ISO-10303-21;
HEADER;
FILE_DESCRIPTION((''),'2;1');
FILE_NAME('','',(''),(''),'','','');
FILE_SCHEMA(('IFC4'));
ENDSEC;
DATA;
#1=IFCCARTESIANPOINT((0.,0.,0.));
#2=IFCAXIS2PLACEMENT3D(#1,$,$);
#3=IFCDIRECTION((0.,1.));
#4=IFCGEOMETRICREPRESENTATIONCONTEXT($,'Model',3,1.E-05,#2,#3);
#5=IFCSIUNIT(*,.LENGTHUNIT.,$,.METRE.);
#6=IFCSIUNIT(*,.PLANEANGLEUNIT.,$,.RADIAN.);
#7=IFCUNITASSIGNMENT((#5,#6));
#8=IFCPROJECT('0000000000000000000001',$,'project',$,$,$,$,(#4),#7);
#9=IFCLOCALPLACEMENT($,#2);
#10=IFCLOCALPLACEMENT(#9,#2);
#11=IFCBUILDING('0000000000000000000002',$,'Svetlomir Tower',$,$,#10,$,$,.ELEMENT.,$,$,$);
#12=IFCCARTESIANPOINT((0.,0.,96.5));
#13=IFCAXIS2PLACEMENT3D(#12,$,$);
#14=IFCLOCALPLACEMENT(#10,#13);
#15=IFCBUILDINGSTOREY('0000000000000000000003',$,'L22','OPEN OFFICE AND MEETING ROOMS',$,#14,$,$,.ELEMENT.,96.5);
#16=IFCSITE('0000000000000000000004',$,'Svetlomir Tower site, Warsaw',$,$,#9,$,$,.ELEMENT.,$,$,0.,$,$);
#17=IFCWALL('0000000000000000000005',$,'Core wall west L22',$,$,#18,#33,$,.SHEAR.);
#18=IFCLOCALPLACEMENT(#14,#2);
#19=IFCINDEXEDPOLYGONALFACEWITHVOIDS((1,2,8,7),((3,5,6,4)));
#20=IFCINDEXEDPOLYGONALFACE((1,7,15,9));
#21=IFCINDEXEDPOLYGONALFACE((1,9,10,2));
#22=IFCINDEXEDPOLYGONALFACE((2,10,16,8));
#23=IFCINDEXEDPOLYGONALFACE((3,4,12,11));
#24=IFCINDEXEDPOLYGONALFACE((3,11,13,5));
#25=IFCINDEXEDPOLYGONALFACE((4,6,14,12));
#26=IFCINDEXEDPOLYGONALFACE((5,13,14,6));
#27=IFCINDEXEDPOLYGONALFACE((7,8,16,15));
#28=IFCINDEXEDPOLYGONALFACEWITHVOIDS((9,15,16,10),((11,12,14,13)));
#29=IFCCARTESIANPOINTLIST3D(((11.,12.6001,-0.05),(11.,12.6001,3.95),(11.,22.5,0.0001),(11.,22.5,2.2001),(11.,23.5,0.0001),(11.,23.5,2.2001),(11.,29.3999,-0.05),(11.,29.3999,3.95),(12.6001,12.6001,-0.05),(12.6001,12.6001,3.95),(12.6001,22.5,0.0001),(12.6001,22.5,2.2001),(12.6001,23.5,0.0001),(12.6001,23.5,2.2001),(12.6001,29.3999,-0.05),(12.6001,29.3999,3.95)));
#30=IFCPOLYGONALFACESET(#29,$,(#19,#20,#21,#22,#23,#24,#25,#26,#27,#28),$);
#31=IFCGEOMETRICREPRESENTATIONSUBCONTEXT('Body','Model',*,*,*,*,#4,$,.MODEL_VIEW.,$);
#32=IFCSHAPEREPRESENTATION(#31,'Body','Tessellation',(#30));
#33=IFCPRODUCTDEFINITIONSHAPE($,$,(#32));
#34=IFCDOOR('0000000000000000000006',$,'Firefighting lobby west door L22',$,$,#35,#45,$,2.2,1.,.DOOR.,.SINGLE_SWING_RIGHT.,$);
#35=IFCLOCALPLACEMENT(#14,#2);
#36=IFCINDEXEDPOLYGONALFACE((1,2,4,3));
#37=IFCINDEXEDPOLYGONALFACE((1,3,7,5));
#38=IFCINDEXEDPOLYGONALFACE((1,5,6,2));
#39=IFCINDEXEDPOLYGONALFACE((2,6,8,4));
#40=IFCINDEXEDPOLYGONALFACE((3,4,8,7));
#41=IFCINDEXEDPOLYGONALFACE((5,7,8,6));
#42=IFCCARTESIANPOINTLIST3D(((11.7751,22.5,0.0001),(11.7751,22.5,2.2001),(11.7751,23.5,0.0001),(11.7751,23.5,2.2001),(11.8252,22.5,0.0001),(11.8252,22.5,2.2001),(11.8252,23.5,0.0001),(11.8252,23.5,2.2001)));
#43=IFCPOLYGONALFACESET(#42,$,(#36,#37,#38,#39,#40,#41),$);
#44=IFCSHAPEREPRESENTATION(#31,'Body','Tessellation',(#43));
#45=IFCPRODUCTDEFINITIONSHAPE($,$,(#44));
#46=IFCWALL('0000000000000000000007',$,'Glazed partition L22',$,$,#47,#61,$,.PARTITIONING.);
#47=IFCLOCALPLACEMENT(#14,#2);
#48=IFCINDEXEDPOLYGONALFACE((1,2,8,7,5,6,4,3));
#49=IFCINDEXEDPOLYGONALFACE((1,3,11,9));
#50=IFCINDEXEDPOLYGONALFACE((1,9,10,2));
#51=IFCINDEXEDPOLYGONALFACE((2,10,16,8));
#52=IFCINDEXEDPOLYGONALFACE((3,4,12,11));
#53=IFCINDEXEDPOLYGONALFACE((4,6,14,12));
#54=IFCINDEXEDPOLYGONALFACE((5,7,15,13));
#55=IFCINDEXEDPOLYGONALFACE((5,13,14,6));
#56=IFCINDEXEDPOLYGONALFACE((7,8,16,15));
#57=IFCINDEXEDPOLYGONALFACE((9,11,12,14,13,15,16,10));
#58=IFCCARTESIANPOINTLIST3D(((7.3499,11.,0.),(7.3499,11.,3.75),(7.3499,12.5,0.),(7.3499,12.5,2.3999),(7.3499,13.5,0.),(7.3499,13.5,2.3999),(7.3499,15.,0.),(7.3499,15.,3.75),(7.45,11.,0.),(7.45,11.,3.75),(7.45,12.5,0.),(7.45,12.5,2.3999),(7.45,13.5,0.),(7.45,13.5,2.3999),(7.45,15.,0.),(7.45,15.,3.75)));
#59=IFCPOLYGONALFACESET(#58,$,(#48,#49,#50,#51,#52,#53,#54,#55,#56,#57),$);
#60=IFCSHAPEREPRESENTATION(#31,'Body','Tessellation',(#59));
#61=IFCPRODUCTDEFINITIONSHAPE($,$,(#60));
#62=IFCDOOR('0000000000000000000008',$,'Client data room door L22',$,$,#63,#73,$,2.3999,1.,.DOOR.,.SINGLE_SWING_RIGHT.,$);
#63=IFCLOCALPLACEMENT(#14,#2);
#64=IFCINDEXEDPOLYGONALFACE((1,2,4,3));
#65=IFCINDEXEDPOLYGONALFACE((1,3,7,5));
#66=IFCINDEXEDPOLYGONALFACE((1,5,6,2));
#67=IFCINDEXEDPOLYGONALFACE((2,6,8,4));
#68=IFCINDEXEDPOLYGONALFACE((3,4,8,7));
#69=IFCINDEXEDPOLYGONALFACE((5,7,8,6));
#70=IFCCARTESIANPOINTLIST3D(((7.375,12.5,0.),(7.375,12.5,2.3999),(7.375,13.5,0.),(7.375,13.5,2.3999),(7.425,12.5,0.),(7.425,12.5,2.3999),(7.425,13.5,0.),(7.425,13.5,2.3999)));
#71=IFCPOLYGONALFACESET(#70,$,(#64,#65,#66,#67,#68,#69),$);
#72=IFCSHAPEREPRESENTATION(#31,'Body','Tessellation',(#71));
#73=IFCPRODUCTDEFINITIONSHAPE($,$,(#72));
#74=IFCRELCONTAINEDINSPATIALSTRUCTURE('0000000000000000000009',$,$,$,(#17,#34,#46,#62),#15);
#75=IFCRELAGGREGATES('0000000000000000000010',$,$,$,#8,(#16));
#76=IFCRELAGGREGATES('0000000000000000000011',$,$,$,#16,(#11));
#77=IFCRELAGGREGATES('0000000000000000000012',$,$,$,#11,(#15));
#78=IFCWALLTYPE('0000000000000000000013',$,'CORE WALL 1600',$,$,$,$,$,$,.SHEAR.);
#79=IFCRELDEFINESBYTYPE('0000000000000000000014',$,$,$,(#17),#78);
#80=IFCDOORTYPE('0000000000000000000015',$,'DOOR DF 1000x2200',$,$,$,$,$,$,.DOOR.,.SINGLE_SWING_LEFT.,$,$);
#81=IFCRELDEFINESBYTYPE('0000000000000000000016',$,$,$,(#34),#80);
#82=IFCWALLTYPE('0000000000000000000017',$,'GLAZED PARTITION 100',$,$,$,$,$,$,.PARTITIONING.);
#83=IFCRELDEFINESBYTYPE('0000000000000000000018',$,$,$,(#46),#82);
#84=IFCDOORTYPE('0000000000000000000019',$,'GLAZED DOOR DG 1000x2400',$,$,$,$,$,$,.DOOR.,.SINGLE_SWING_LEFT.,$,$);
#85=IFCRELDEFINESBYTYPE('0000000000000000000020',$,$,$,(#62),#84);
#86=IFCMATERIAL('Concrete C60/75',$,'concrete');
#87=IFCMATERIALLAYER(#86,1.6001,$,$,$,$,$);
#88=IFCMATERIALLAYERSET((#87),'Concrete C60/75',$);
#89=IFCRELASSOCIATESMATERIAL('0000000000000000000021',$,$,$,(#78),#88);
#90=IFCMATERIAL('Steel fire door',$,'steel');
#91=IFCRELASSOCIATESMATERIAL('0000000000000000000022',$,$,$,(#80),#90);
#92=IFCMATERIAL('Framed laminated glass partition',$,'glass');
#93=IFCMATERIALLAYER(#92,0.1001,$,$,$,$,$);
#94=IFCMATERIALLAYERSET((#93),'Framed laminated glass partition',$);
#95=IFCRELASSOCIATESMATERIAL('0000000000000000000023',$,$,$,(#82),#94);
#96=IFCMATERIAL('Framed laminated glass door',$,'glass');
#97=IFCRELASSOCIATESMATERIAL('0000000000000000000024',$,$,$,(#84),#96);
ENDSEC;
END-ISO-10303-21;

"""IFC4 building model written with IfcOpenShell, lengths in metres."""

from ifc_helpers import new_model, si_unit, direction, frame, frame_2d, origin, place, context, subcontext, project, spatial, rectangle, extrude, material, layer, layer_set, type_object, element, fill, save


model = new_model("IFC4")

# Units and contexts
model_context = context("Model", 3, precision=1e-05, world=origin(), true_north=direction((0.0, 1.0)))
body_context = subcontext(model_context, "Body", "Model", "MODEL_VIEW")
ifc_project = project(units=[si_unit("LENGTHUNIT", "METRE"), si_unit("PLANEANGLEUNIT", "RADIAN")], contexts=[model_context])

# Site, building, storey
site_placement = place(None, origin())
site = spatial("IfcSite", under=ifc_project, at=site_placement, Name="Svetlomir Tower site, Warsaw", CompositionType="ELEMENT", RefElevation=0.0)
building_placement = place(site_placement, origin())
building = spatial("IfcBuilding", under=site, at=building_placement, Name="Svetlomir Tower", CompositionType="ELEMENT")
storey_placement = place(building_placement, frame((0.0, 0.0, 96.5)))
storey = spatial("IfcBuildingStorey", under=building, at=storey_placement, Name="L22", Description="OPEN OFFICE AND MEETING ROOMS", CompositionType="ELEMENT", Elevation=96.5)

# Walls, openings, doors
ifc_material_1 = material(Name="Concrete C60/75", Category="concrete")
ifc_layer_1 = layer(ifc_material_1, 1.6001)
ifc_layer_set_1 = layer_set([ifc_layer_1], Name="Concrete C60/75")
wall_type_1 = type_object("IfcWallType", Name="CORE WALL 1600", PredefinedType="SHEAR", material=ifc_layer_set_1)
wall_1_placement = place(storey_placement, frame((11.8, 12.6001, -0.05), z_axis=(0.0, 0.0, 1.0), x_axis=(0.0, 1.0, 0.0)))
wall_1 = element("IfcWall", 1, at=wall_1_placement, inside=storey, type_object=wall_type_1, Name="Core wall west L22", PredefinedType="SHEAR", context=body_context, shape_type="SweptSolid", body=[
    extrude(rectangle(XDim=16.7998, YDim=1.6001, at=frame_2d((8.3999, 0.0))), origin(), (0.0, 0.0, 1.0), 4.0),
])
opening_1_placement = place(wall_1_placement, frame((9.8999, 0.0, 0.05)))
opening_1 = element("IfcOpeningElement", 2, at=opening_1_placement, cuts=wall_1, PredefinedType="OPENING", context=body_context, shape_type="SweptSolid", body=[
    extrude(rectangle(XDim=1.0, YDim=2.2, at=frame_2d((0.5, 1.1001))), frame((0.0, 0.8101, 0.0), z_axis=(0.0, -1.0, 0.0), x_axis=(1.0, 0.0, 0.0)), (0.0, 0.0, 1.0), 1.6201),
])
ifc_material_2 = material(Name="Steel fire door", Category="steel")
door_type_1 = type_object("IfcDoorType", Name="DOOR DF 1000x2200", OperationType="SINGLE_SWING_LEFT", PredefinedType="DOOR", material=ifc_material_2)
door_1_placement = place(opening_1_placement, origin())
door_1 = element("IfcDoor", 3, at=door_1_placement, inside=storey, type_object=door_type_1, Name="Firefighting lobby west door L22", OperationType="SINGLE_SWING_RIGHT", OverallHeight=2.2, OverallWidth=1.0, PredefinedType="DOOR", context=body_context, shape_type="SweptSolid", body=[
    extrude(rectangle(XDim=1.0, YDim=2.2, at=frame_2d((0.5, 1.1001))), frame((0.0, 0.0249, 0.0), z_axis=(0.0, -1.0, 0.0), x_axis=(1.0, 0.0, 0.0)), (0.0, 0.0, 1.0), 0.05),
])
fill(opening_1, door_1)
ifc_material_3 = material(Name="Framed laminated glass partition", Category="glass")
ifc_layer_2 = layer(ifc_material_3, 0.1001)
ifc_layer_set_2 = layer_set([ifc_layer_2], Name="Framed laminated glass partition")
wall_type_2 = type_object("IfcWallType", Name="GLAZED PARTITION 100", PredefinedType="PARTITIONING", material=ifc_layer_set_2)
wall_2_placement = place(storey_placement, frame((7.3999, 11.0, 0.0), z_axis=(0.0, 0.0, 1.0), x_axis=(0.0, 1.0, 0.0)))
wall_2 = element("IfcWall", 4, at=wall_2_placement, inside=storey, type_object=wall_type_2, Name="Glazed partition L22", PredefinedType="PARTITIONING", context=body_context, shape_type="SweptSolid", body=[
    extrude(rectangle(XDim=4.0, YDim=0.1001, at=frame_2d((2.0, 0.0))), origin(), (0.0, 0.0, 1.0), 3.75),
])
opening_2_placement = place(wall_2_placement, frame((1.5, 0.0, 0.0)))
opening_2 = element("IfcOpeningElement", 5, at=opening_2_placement, cuts=wall_2, PredefinedType="OPENING", context=body_context, shape_type="SweptSolid", body=[
    extrude(rectangle(XDim=1.0, YDim=2.3999, at=frame_2d((0.5, 1.2))), frame((0.0, 0.0601, 0.0), z_axis=(0.0, -1.0, 0.0), x_axis=(1.0, 0.0, 0.0)), (0.0, 0.0, 1.0), 0.1201),
])
ifc_material_4 = material(Name="Framed laminated glass door", Category="glass")
door_type_2 = type_object("IfcDoorType", Name="GLAZED DOOR DG 1000x2400", OperationType="SINGLE_SWING_LEFT", PredefinedType="DOOR", material=ifc_material_4)
door_2_placement = place(opening_2_placement, origin())
door_2 = element("IfcDoor", 6, at=door_2_placement, inside=storey, type_object=door_type_2, Name="Client data room door L22", OperationType="SINGLE_SWING_RIGHT", OverallHeight=2.3999, OverallWidth=1.0, PredefinedType="DOOR", context=body_context, shape_type="SweptSolid", body=[
    extrude(rectangle(XDim=1.0, YDim=2.3999, at=frame_2d((0.5, 1.2))), frame((0.0, 0.0249, 0.0), z_axis=(0.0, -1.0, 0.0), x_axis=(1.0, 0.0, 0.0)), (0.0, 0.0, 1.0), 0.05),
])
fill(opening_2, door_2)

save(model, "model.ifc")
